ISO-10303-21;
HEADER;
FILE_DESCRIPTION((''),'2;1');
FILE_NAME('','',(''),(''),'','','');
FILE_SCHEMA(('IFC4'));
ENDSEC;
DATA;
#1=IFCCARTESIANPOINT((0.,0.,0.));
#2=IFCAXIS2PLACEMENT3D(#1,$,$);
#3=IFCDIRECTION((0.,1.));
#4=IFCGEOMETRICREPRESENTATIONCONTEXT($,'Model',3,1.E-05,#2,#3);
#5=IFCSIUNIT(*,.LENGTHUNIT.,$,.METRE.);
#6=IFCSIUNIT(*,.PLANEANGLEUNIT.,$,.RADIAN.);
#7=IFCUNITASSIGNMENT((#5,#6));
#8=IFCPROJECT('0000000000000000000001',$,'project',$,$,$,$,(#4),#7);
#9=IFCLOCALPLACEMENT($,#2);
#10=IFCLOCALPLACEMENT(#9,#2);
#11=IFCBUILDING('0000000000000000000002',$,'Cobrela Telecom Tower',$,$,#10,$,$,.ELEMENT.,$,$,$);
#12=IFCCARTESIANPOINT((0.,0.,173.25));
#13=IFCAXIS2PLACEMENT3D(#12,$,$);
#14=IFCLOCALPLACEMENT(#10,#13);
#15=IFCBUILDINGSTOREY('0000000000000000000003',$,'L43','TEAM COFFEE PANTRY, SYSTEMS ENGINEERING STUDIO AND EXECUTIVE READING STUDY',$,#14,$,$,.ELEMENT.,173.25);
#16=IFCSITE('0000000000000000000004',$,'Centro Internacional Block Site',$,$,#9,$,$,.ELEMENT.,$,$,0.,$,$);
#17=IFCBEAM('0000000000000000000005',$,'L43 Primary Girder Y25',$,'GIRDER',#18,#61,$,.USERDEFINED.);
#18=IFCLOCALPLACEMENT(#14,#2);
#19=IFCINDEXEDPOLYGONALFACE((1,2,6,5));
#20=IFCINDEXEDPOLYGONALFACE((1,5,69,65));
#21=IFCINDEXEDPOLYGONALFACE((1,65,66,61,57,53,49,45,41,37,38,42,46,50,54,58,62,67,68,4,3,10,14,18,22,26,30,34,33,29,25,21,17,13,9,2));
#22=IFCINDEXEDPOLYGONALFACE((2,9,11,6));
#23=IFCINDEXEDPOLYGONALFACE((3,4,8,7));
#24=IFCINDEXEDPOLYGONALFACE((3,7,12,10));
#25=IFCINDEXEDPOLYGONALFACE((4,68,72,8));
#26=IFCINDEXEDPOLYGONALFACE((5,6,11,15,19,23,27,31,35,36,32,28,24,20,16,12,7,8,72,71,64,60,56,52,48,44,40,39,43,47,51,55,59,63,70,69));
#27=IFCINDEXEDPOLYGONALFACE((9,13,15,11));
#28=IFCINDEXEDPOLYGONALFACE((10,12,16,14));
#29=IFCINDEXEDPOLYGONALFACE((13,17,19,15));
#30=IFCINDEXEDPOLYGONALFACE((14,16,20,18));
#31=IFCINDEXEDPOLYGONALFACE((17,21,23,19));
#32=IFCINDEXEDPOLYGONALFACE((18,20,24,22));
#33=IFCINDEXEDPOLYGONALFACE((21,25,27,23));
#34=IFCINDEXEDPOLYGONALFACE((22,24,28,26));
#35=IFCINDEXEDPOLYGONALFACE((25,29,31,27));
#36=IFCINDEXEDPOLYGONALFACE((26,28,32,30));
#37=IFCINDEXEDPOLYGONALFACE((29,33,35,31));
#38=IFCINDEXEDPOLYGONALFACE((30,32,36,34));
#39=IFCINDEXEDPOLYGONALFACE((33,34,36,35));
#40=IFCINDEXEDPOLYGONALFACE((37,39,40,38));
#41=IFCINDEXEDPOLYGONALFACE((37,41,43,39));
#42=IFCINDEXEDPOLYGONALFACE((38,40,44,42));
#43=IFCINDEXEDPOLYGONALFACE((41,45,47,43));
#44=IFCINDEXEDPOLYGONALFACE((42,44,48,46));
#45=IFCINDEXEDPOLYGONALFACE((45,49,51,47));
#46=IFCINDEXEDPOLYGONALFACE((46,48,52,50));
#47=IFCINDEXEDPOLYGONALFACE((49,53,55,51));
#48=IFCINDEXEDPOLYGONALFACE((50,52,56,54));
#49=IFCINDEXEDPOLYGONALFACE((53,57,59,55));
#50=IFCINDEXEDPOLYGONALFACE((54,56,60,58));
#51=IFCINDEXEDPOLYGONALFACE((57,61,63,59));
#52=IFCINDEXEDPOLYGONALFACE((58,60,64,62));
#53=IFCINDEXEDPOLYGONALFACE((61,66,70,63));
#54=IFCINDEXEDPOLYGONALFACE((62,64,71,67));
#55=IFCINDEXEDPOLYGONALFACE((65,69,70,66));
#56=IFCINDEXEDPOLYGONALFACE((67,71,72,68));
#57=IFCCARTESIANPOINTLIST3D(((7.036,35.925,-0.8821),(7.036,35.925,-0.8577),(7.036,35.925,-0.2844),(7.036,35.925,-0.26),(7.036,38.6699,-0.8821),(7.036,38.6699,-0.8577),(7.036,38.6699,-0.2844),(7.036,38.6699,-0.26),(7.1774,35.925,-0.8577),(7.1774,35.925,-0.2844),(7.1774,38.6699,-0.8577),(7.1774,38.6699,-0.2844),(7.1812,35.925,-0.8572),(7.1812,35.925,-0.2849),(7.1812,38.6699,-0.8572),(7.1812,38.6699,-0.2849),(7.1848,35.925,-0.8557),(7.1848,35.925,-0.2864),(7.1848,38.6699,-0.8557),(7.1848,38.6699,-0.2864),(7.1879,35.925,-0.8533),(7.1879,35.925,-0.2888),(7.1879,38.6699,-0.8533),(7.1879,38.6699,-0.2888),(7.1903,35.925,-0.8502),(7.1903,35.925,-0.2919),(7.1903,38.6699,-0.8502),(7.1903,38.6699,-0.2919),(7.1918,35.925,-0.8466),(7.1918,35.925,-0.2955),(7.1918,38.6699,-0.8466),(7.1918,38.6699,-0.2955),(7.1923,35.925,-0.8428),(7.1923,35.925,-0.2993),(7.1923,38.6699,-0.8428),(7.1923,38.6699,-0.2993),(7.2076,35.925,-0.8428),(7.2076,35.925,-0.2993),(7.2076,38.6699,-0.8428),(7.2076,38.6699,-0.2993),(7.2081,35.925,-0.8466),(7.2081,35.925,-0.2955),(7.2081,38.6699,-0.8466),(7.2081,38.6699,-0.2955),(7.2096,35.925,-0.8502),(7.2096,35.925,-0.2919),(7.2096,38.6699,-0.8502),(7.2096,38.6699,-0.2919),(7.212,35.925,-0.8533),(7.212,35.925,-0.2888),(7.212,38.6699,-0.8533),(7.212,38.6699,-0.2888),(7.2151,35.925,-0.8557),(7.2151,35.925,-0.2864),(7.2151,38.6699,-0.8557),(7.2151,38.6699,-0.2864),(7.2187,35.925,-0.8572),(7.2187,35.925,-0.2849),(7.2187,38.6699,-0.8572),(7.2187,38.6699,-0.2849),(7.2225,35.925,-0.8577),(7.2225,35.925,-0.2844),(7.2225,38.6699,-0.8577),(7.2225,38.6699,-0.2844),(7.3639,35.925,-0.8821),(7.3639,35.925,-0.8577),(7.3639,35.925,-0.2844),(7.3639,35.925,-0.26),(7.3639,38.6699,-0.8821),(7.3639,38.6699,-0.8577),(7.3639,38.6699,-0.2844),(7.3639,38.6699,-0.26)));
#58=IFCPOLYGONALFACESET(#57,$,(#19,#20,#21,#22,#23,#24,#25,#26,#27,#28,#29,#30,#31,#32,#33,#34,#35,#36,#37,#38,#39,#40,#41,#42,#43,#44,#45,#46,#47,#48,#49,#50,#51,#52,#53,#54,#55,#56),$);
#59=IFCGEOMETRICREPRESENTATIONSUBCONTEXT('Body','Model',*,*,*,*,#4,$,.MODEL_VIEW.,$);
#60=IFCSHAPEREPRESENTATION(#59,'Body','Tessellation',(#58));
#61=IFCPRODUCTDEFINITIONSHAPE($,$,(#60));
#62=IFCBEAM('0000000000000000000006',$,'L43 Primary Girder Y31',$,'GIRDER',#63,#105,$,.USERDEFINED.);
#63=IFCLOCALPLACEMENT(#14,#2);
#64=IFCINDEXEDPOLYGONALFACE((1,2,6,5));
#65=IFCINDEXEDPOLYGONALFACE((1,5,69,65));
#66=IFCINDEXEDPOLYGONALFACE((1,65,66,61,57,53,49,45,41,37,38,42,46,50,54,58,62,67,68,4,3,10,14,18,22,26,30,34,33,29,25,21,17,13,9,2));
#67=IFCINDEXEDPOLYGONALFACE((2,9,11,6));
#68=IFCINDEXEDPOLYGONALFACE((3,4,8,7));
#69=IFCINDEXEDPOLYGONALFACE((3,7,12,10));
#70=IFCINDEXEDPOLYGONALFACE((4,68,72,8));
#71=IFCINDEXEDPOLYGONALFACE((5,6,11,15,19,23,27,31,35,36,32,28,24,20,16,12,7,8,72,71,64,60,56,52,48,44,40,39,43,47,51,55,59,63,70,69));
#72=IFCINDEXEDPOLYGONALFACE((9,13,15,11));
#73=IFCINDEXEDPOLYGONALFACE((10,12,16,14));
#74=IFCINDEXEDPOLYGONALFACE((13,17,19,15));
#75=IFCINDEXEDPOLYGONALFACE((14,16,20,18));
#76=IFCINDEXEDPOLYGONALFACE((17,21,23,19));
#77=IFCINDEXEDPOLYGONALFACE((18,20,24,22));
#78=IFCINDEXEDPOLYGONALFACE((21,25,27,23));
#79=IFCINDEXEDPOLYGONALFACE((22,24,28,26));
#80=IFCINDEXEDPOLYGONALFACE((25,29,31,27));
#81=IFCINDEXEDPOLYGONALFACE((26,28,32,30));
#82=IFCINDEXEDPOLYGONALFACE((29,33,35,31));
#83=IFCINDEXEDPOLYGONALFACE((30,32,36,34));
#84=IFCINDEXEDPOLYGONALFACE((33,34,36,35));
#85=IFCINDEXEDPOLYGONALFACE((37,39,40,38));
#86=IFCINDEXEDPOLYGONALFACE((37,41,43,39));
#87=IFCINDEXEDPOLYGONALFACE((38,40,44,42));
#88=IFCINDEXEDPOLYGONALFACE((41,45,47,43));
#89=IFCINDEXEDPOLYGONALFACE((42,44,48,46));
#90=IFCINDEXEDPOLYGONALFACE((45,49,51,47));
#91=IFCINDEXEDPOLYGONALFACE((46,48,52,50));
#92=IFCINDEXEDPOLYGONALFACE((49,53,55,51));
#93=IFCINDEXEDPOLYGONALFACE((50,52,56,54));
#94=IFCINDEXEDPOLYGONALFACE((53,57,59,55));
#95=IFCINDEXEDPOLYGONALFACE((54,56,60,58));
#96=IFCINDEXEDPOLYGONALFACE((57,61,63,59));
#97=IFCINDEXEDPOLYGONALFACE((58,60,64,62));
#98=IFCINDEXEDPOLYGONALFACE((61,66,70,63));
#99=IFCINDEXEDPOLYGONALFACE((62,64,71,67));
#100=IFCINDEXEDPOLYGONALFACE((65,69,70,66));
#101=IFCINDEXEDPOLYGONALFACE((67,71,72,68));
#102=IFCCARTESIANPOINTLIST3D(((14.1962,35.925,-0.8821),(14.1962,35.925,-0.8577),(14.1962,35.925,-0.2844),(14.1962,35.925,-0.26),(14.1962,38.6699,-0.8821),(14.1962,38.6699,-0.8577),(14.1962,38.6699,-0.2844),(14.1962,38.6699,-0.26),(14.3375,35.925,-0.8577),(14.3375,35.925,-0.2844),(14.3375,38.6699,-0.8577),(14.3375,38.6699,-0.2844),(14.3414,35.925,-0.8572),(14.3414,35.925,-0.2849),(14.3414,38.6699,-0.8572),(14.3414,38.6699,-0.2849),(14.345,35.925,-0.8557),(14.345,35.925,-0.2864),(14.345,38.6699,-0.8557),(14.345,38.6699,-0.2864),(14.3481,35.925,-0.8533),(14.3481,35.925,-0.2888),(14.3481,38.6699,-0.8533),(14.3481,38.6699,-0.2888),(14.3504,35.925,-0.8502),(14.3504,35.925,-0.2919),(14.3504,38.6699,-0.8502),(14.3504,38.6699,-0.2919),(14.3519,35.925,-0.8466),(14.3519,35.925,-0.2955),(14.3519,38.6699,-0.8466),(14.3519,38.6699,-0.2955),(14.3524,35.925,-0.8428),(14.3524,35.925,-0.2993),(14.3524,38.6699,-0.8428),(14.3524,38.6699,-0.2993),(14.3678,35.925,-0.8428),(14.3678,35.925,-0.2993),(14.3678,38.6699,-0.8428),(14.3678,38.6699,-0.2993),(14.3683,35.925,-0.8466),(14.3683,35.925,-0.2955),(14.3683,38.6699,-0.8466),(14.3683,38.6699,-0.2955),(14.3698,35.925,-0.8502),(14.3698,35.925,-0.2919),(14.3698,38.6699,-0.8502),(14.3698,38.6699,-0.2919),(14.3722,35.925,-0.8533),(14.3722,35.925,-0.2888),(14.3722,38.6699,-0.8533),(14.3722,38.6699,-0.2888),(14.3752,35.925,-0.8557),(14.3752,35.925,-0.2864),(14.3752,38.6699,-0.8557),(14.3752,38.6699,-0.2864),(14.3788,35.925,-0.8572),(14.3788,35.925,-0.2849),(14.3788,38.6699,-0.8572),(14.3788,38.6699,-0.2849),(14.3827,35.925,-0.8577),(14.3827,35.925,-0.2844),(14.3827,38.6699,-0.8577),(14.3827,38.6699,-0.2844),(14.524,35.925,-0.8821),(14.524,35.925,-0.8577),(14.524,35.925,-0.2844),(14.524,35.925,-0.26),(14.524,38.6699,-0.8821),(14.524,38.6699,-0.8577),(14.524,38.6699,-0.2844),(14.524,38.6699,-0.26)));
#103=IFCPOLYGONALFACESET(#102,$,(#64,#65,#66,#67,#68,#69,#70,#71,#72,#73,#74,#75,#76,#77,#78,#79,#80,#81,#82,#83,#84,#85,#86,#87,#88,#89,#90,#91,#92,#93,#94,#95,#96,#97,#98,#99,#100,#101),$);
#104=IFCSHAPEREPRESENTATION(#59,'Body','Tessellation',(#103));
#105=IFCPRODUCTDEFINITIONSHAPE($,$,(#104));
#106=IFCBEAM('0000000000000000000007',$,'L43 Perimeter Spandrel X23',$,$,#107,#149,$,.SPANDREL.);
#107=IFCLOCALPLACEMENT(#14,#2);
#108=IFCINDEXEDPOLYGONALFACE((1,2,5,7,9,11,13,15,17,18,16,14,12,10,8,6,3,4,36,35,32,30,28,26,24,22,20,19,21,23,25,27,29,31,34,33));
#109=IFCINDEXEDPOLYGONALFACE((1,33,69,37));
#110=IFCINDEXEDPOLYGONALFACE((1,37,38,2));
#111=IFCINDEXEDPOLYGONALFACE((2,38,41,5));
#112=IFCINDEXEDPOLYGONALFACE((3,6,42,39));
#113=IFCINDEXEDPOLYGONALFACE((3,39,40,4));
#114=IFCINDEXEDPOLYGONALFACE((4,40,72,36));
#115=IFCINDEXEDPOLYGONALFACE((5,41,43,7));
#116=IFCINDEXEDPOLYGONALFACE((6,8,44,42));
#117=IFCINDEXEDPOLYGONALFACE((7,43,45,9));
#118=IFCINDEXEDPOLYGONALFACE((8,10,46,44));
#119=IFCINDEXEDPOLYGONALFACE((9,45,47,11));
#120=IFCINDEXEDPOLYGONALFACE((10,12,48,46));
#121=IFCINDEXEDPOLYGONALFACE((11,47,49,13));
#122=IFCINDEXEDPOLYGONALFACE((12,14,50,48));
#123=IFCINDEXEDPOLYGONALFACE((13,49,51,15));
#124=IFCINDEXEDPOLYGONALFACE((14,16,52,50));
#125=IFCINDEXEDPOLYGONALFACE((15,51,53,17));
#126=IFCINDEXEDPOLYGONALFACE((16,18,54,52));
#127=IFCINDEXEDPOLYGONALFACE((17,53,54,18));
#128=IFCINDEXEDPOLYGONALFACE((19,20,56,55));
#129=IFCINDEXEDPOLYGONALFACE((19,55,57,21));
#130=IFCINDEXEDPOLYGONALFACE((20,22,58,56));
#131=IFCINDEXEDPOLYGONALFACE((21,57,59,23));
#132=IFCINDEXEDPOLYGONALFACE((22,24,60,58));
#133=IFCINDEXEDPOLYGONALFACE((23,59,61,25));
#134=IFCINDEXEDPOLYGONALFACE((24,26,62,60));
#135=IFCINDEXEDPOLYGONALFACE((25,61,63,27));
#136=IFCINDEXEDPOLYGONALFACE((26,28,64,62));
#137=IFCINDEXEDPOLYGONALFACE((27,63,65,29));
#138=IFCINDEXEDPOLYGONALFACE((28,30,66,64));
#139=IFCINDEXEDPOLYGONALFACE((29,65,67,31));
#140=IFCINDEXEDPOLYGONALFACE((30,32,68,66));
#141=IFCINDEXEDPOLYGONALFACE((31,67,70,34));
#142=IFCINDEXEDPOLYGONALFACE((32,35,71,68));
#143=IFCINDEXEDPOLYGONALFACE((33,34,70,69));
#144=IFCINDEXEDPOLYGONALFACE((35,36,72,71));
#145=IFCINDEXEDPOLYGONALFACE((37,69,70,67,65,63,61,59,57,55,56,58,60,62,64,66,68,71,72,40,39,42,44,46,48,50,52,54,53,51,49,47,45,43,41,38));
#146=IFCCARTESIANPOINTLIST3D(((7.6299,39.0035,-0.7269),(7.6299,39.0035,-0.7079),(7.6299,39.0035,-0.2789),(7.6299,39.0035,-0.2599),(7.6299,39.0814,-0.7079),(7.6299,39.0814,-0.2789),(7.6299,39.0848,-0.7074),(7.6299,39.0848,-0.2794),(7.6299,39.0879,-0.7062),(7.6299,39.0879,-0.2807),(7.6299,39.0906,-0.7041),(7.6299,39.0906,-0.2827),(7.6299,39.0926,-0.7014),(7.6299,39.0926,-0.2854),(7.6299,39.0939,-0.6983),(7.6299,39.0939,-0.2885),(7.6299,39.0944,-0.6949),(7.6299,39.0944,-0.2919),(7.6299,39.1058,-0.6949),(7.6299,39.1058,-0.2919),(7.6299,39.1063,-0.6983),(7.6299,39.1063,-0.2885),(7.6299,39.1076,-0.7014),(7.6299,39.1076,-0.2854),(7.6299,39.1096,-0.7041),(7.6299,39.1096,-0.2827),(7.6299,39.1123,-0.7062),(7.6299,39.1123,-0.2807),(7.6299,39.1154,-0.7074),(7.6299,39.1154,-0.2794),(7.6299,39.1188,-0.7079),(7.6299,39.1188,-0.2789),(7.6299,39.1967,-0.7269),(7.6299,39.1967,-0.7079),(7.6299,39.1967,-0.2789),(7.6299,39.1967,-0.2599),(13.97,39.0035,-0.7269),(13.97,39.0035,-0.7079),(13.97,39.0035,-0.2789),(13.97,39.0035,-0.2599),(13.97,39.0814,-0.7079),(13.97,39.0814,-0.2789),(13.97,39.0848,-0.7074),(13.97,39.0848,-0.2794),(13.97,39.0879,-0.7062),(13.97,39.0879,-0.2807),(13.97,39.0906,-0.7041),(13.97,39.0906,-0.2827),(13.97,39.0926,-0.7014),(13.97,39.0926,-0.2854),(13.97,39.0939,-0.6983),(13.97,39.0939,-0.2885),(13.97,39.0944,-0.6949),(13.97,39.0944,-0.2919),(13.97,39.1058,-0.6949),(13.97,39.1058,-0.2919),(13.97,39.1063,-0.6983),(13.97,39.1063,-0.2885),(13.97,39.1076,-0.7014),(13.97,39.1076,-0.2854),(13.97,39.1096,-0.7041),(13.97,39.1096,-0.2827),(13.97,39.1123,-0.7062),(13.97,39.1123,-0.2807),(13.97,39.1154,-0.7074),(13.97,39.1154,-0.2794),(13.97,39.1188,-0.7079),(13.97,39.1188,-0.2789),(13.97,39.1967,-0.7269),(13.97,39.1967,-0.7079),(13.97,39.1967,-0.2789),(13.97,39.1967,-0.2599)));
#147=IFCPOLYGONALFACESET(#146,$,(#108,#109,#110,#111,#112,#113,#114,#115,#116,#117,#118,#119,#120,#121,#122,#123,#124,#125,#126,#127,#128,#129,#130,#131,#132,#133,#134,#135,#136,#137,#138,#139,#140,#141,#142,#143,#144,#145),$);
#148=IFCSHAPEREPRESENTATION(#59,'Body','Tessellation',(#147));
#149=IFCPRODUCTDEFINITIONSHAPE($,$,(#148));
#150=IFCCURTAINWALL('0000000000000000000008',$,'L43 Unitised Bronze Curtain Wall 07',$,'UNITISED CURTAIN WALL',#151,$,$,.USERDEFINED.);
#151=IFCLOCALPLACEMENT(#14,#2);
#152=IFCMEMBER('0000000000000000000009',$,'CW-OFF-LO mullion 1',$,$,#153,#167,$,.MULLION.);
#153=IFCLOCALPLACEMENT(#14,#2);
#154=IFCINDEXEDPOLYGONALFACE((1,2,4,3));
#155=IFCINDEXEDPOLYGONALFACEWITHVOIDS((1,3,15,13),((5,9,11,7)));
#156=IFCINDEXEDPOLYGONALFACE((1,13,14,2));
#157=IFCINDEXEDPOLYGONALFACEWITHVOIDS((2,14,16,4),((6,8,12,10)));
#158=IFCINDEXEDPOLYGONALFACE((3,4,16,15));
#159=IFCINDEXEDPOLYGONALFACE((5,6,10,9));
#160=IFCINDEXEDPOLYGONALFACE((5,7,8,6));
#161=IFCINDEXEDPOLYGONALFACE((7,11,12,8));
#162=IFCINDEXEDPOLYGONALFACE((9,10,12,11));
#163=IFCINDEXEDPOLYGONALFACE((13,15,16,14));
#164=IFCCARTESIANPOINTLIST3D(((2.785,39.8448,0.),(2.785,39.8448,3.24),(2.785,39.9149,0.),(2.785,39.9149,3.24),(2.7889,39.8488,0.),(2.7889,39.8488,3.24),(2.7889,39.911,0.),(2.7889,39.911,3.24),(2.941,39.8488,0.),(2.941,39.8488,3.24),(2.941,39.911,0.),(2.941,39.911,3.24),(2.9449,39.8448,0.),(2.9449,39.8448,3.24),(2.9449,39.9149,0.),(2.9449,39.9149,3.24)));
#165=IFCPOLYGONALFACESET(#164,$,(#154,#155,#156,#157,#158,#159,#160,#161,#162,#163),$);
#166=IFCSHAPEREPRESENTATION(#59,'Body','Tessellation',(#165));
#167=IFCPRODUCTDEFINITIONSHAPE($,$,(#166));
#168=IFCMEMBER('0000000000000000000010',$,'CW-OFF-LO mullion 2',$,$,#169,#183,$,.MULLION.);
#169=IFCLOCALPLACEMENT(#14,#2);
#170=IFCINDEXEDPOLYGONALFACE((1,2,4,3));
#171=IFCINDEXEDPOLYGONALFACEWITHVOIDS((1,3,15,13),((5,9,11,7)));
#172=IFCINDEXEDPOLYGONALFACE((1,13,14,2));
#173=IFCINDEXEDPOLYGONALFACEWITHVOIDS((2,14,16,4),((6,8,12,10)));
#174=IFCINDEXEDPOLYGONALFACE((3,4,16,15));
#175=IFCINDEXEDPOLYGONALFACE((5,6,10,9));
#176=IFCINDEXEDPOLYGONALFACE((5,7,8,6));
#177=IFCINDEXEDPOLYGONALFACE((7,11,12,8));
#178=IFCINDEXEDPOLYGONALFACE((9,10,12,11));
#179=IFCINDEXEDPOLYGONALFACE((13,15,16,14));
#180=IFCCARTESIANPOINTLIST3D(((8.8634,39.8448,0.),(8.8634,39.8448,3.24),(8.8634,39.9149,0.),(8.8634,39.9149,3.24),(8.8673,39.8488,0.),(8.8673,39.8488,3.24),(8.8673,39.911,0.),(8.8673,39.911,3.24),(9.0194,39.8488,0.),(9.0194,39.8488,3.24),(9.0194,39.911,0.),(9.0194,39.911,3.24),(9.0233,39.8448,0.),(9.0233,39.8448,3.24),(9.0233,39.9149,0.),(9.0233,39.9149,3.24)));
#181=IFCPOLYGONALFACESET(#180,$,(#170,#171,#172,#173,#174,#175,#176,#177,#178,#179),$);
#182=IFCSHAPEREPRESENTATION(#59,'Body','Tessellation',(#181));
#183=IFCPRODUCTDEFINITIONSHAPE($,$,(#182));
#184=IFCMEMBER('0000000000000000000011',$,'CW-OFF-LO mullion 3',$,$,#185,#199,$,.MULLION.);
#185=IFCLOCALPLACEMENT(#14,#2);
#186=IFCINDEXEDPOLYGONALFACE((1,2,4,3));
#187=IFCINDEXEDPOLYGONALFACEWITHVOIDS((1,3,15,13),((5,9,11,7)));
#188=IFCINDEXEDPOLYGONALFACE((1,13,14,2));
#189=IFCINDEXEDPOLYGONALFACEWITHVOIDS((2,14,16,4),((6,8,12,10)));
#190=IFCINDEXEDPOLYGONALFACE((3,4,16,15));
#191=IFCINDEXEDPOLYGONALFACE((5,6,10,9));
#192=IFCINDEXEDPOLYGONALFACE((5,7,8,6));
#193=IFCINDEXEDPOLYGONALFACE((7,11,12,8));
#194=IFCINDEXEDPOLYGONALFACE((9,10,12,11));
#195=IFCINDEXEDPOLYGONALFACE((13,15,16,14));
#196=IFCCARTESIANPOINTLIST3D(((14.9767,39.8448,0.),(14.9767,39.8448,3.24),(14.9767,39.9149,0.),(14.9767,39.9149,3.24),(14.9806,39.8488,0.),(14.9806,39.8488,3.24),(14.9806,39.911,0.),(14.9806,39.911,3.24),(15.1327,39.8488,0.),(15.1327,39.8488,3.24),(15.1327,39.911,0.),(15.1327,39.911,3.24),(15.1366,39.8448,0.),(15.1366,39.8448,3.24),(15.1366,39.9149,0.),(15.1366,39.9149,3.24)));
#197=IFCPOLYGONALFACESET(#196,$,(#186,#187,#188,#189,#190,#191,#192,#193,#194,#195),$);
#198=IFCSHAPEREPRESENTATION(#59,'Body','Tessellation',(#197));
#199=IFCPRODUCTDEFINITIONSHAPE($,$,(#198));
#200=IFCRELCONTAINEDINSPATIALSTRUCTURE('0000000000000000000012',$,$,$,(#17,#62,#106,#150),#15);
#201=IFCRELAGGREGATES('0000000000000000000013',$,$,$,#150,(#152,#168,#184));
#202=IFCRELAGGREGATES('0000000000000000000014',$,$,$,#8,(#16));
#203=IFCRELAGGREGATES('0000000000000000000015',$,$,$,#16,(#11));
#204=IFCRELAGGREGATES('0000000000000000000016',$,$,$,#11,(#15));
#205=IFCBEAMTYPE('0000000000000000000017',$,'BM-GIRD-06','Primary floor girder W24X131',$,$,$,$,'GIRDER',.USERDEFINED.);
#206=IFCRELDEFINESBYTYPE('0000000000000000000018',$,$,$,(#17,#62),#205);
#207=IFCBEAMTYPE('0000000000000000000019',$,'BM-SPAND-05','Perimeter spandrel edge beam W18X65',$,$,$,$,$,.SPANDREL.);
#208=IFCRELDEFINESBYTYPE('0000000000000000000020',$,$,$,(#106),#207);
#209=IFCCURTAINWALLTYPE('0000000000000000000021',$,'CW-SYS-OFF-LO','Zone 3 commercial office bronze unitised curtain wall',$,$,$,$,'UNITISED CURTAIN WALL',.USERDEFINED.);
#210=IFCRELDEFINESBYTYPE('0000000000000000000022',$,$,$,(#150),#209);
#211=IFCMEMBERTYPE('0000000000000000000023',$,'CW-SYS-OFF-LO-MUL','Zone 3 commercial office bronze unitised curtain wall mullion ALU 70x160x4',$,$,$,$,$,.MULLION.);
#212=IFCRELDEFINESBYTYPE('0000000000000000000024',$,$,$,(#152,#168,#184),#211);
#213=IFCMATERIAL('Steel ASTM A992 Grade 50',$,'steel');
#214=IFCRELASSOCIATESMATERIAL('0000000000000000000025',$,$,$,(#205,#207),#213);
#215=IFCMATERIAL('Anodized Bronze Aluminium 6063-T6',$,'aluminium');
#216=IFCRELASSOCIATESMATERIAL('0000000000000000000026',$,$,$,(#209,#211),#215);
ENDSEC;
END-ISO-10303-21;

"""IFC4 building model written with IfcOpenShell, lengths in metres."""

from ifc_helpers import new_model, si_unit, direction, frame, origin, origin_2d, place, context, subcontext, project, spatial, hollow_rectangle, i_section, extrude, material, material_profile, profile_set, type_object, element, aggregate, save


model = new_model("IFC4")

# Units and contexts
model_context = context("Model", 3, precision=1e-05, world=origin(), true_north=direction((0.0, 1.0)))
body_context = subcontext(model_context, "Body", "Model", "MODEL_VIEW")
ifc_project = project(units=[si_unit("LENGTHUNIT", "METRE"), si_unit("PLANEANGLEUNIT", "RADIAN")], contexts=[model_context])

# Site, building, storey
site_placement = place(None, origin())
site = spatial("IfcSite", under=ifc_project, at=site_placement, Name="Centro Internacional Block Site", CompositionType="ELEMENT", RefElevation=0.0)
building_placement = place(site_placement, origin())
building = spatial("IfcBuilding", under=site, at=building_placement, Name="Cobrela Telecom Tower", CompositionType="ELEMENT")
storey_placement = place(building_placement, frame((0.0, 0.0, 173.25)))
storey = spatial("IfcBuildingStorey", under=building, at=storey_placement, Name="L43", Description="TEAM COFFEE PANTRY, SYSTEMS ENGINEERING STUDIO AND EXECUTIVE READING STUDY", CompositionType="ELEMENT", Elevation=173.25)

# Beams
ifc_material_1 = material(Name="Steel ASTM A992 Grade 50", Category="steel")
ifc_material_profile_1 = material_profile(ifc_material_1, i_section(OverallWidth=0.3279, OverallDepth=0.6221, WebThickness=0.0154, FlangeThickness=0.0244, FilletRadius=0.0149, at=origin_2d()), Name="W24X131")
ifc_profile_set_1 = profile_set([ifc_material_profile_1], Name="Steel ASTM A992 Grade 50")
beam_type_1 = type_object("IfcBeamType", Name="BM-GIRD-06", Description="Primary floor girder W24X131", ElementType="GIRDER", PredefinedType="USERDEFINED", material=ifc_profile_set_1)
for number, where, z_axis, x_axis, name in (
    (1, (7.2, 35.925, -0.571), (0.0, 1.0, 0.0), (-1.0, 0.0, 0.0), "L43 Primary Girder Y25"),
    (2, (14.3601, 35.925, -0.571), (0.0, 1.0, 0.0), (-1.0, 0.0, 0.0), "L43 Primary Girder Y31"),
):
    element("IfcBeam", number, at=place(storey_placement, frame(where, z_axis=z_axis, x_axis=x_axis)), inside=storey, type_object=beam_type_1, Name=name, ObjectType="GIRDER", PredefinedType="USERDEFINED", context=body_context, shape_type="SweptSolid", body=[
        extrude(i_section(OverallWidth=0.3279, OverallDepth=0.6221, WebThickness=0.0154, FlangeThickness=0.0244, FilletRadius=0.0149, at=origin_2d()), origin(), (0.0, 0.0, 1.0), 2.7449),
    ])
ifc_material_profile_2 = material_profile(ifc_material_1, i_section(OverallWidth=0.1931, OverallDepth=0.467, WebThickness=0.0115, FlangeThickness=0.019, FilletRadius=0.0129, at=origin_2d()), Name="W18X65")
ifc_profile_set_2 = profile_set([ifc_material_profile_2], Name="Steel ASTM A992 Grade 50")
beam_type_2 = type_object("IfcBeamType", Name="BM-SPAND-05", Description="Perimeter spandrel edge beam W18X65", PredefinedType="SPANDREL", material=ifc_profile_set_2)
beam_1_placement = place(storey_placement, frame((7.6299, 39.1001, -0.4934), z_axis=(1.0, 0.0, 0.0), x_axis=(0.0, 1.0, 0.0)))
element("IfcBeam", 3, at=beam_1_placement, inside=storey, type_object=beam_type_2, Name="L43 Perimeter Spandrel X23", PredefinedType="SPANDREL", context=body_context, shape_type="SweptSolid", body=[
    extrude(i_section(OverallWidth=0.1931, OverallDepth=0.467, WebThickness=0.0115, FlangeThickness=0.019, FilletRadius=0.0129, at=origin_2d()), origin(), (0.0, 0.0, 1.0), 6.3401),
])

# Curtain wall, members
ifc_material_2 = material(Name="Anodized Bronze Aluminium 6063-T6", Category="aluminium")
curtain_wall_type = type_object("IfcCurtainWallType", Name="CW-SYS-OFF-LO", Description="Zone 3 commercial office bronze unitised curtain wall", ElementType="UNITISED CURTAIN WALL", PredefinedType="USERDEFINED", material=ifc_material_2)
curtain_wall_placement = place(storey_placement, origin())
curtain_wall = element("IfcCurtainWall", 4, at=curtain_wall_placement, inside=storey, type_object=curtain_wall_type, Name="L43 Unitised Bronze Curtain Wall 07", ObjectType="UNITISED CURTAIN WALL", PredefinedType="USERDEFINED")
ifc_material_profile_3 = material_profile(ifc_material_2, hollow_rectangle(XDim=0.0701, YDim=0.1599, WallThickness=0.0039, at=origin_2d()), Name="ALU 70x160x4")
ifc_profile_set_3 = profile_set([ifc_material_profile_3], Name="Anodized Bronze Aluminium 6063-T6")
member_type_1 = type_object("IfcMemberType", Name="CW-SYS-OFF-LO-MUL", Description="Zone 3 commercial office bronze unitised curtain wall mullion ALU 70x160x4", PredefinedType="MULLION", material=ifc_profile_set_3)
member_1_placement = place(storey_placement, frame((2.865, 39.8799, 0.0), z_axis=(0.0, 0.0, 1.0), x_axis=(0.0, 1.0, 0.0)))
member_1 = element("IfcMember", 5, at=member_1_placement, type_object=member_type_1, Name="CW-OFF-LO mullion 1", PredefinedType="MULLION", context=body_context, shape_type="SweptSolid", body=[
    extrude(hollow_rectangle(XDim=0.0701, YDim=0.1599, WallThickness=0.0039, at=origin_2d()), origin(), (0.0, 0.0, 1.0), 3.24),
])
member_2_placement = place(storey_placement, frame((8.9434, 39.8799, 0.0), z_axis=(0.0, 0.0, 1.0), x_axis=(0.0, 1.0, 0.0)))
member_2 = element("IfcMember", 6, at=member_2_placement, type_object=member_type_1, Name="CW-OFF-LO mullion 2", PredefinedType="MULLION", context=body_context, shape_type="SweptSolid", body=[
    extrude(hollow_rectangle(XDim=0.0701, YDim=0.1599, WallThickness=0.0039, at=origin_2d()), origin(), (0.0, 0.0, 1.0), 3.24),
])
member_3_placement = place(storey_placement, frame((15.0566, 39.8799, 0.0), z_axis=(0.0, 0.0, 1.0), x_axis=(0.0, 1.0, 0.0)))
member_3 = element("IfcMember", 7, at=member_3_placement, type_object=member_type_1, Name="CW-OFF-LO mullion 3", PredefinedType="MULLION", context=body_context, shape_type="SweptSolid", body=[
    extrude(hollow_rectangle(XDim=0.0701, YDim=0.1599, WallThickness=0.0039, at=origin_2d()), origin(), (0.0, 0.0, 1.0), 3.24),
])

aggregate(curtain_wall, [member_1, member_2, member_3])

save(model, "model.ifc")
